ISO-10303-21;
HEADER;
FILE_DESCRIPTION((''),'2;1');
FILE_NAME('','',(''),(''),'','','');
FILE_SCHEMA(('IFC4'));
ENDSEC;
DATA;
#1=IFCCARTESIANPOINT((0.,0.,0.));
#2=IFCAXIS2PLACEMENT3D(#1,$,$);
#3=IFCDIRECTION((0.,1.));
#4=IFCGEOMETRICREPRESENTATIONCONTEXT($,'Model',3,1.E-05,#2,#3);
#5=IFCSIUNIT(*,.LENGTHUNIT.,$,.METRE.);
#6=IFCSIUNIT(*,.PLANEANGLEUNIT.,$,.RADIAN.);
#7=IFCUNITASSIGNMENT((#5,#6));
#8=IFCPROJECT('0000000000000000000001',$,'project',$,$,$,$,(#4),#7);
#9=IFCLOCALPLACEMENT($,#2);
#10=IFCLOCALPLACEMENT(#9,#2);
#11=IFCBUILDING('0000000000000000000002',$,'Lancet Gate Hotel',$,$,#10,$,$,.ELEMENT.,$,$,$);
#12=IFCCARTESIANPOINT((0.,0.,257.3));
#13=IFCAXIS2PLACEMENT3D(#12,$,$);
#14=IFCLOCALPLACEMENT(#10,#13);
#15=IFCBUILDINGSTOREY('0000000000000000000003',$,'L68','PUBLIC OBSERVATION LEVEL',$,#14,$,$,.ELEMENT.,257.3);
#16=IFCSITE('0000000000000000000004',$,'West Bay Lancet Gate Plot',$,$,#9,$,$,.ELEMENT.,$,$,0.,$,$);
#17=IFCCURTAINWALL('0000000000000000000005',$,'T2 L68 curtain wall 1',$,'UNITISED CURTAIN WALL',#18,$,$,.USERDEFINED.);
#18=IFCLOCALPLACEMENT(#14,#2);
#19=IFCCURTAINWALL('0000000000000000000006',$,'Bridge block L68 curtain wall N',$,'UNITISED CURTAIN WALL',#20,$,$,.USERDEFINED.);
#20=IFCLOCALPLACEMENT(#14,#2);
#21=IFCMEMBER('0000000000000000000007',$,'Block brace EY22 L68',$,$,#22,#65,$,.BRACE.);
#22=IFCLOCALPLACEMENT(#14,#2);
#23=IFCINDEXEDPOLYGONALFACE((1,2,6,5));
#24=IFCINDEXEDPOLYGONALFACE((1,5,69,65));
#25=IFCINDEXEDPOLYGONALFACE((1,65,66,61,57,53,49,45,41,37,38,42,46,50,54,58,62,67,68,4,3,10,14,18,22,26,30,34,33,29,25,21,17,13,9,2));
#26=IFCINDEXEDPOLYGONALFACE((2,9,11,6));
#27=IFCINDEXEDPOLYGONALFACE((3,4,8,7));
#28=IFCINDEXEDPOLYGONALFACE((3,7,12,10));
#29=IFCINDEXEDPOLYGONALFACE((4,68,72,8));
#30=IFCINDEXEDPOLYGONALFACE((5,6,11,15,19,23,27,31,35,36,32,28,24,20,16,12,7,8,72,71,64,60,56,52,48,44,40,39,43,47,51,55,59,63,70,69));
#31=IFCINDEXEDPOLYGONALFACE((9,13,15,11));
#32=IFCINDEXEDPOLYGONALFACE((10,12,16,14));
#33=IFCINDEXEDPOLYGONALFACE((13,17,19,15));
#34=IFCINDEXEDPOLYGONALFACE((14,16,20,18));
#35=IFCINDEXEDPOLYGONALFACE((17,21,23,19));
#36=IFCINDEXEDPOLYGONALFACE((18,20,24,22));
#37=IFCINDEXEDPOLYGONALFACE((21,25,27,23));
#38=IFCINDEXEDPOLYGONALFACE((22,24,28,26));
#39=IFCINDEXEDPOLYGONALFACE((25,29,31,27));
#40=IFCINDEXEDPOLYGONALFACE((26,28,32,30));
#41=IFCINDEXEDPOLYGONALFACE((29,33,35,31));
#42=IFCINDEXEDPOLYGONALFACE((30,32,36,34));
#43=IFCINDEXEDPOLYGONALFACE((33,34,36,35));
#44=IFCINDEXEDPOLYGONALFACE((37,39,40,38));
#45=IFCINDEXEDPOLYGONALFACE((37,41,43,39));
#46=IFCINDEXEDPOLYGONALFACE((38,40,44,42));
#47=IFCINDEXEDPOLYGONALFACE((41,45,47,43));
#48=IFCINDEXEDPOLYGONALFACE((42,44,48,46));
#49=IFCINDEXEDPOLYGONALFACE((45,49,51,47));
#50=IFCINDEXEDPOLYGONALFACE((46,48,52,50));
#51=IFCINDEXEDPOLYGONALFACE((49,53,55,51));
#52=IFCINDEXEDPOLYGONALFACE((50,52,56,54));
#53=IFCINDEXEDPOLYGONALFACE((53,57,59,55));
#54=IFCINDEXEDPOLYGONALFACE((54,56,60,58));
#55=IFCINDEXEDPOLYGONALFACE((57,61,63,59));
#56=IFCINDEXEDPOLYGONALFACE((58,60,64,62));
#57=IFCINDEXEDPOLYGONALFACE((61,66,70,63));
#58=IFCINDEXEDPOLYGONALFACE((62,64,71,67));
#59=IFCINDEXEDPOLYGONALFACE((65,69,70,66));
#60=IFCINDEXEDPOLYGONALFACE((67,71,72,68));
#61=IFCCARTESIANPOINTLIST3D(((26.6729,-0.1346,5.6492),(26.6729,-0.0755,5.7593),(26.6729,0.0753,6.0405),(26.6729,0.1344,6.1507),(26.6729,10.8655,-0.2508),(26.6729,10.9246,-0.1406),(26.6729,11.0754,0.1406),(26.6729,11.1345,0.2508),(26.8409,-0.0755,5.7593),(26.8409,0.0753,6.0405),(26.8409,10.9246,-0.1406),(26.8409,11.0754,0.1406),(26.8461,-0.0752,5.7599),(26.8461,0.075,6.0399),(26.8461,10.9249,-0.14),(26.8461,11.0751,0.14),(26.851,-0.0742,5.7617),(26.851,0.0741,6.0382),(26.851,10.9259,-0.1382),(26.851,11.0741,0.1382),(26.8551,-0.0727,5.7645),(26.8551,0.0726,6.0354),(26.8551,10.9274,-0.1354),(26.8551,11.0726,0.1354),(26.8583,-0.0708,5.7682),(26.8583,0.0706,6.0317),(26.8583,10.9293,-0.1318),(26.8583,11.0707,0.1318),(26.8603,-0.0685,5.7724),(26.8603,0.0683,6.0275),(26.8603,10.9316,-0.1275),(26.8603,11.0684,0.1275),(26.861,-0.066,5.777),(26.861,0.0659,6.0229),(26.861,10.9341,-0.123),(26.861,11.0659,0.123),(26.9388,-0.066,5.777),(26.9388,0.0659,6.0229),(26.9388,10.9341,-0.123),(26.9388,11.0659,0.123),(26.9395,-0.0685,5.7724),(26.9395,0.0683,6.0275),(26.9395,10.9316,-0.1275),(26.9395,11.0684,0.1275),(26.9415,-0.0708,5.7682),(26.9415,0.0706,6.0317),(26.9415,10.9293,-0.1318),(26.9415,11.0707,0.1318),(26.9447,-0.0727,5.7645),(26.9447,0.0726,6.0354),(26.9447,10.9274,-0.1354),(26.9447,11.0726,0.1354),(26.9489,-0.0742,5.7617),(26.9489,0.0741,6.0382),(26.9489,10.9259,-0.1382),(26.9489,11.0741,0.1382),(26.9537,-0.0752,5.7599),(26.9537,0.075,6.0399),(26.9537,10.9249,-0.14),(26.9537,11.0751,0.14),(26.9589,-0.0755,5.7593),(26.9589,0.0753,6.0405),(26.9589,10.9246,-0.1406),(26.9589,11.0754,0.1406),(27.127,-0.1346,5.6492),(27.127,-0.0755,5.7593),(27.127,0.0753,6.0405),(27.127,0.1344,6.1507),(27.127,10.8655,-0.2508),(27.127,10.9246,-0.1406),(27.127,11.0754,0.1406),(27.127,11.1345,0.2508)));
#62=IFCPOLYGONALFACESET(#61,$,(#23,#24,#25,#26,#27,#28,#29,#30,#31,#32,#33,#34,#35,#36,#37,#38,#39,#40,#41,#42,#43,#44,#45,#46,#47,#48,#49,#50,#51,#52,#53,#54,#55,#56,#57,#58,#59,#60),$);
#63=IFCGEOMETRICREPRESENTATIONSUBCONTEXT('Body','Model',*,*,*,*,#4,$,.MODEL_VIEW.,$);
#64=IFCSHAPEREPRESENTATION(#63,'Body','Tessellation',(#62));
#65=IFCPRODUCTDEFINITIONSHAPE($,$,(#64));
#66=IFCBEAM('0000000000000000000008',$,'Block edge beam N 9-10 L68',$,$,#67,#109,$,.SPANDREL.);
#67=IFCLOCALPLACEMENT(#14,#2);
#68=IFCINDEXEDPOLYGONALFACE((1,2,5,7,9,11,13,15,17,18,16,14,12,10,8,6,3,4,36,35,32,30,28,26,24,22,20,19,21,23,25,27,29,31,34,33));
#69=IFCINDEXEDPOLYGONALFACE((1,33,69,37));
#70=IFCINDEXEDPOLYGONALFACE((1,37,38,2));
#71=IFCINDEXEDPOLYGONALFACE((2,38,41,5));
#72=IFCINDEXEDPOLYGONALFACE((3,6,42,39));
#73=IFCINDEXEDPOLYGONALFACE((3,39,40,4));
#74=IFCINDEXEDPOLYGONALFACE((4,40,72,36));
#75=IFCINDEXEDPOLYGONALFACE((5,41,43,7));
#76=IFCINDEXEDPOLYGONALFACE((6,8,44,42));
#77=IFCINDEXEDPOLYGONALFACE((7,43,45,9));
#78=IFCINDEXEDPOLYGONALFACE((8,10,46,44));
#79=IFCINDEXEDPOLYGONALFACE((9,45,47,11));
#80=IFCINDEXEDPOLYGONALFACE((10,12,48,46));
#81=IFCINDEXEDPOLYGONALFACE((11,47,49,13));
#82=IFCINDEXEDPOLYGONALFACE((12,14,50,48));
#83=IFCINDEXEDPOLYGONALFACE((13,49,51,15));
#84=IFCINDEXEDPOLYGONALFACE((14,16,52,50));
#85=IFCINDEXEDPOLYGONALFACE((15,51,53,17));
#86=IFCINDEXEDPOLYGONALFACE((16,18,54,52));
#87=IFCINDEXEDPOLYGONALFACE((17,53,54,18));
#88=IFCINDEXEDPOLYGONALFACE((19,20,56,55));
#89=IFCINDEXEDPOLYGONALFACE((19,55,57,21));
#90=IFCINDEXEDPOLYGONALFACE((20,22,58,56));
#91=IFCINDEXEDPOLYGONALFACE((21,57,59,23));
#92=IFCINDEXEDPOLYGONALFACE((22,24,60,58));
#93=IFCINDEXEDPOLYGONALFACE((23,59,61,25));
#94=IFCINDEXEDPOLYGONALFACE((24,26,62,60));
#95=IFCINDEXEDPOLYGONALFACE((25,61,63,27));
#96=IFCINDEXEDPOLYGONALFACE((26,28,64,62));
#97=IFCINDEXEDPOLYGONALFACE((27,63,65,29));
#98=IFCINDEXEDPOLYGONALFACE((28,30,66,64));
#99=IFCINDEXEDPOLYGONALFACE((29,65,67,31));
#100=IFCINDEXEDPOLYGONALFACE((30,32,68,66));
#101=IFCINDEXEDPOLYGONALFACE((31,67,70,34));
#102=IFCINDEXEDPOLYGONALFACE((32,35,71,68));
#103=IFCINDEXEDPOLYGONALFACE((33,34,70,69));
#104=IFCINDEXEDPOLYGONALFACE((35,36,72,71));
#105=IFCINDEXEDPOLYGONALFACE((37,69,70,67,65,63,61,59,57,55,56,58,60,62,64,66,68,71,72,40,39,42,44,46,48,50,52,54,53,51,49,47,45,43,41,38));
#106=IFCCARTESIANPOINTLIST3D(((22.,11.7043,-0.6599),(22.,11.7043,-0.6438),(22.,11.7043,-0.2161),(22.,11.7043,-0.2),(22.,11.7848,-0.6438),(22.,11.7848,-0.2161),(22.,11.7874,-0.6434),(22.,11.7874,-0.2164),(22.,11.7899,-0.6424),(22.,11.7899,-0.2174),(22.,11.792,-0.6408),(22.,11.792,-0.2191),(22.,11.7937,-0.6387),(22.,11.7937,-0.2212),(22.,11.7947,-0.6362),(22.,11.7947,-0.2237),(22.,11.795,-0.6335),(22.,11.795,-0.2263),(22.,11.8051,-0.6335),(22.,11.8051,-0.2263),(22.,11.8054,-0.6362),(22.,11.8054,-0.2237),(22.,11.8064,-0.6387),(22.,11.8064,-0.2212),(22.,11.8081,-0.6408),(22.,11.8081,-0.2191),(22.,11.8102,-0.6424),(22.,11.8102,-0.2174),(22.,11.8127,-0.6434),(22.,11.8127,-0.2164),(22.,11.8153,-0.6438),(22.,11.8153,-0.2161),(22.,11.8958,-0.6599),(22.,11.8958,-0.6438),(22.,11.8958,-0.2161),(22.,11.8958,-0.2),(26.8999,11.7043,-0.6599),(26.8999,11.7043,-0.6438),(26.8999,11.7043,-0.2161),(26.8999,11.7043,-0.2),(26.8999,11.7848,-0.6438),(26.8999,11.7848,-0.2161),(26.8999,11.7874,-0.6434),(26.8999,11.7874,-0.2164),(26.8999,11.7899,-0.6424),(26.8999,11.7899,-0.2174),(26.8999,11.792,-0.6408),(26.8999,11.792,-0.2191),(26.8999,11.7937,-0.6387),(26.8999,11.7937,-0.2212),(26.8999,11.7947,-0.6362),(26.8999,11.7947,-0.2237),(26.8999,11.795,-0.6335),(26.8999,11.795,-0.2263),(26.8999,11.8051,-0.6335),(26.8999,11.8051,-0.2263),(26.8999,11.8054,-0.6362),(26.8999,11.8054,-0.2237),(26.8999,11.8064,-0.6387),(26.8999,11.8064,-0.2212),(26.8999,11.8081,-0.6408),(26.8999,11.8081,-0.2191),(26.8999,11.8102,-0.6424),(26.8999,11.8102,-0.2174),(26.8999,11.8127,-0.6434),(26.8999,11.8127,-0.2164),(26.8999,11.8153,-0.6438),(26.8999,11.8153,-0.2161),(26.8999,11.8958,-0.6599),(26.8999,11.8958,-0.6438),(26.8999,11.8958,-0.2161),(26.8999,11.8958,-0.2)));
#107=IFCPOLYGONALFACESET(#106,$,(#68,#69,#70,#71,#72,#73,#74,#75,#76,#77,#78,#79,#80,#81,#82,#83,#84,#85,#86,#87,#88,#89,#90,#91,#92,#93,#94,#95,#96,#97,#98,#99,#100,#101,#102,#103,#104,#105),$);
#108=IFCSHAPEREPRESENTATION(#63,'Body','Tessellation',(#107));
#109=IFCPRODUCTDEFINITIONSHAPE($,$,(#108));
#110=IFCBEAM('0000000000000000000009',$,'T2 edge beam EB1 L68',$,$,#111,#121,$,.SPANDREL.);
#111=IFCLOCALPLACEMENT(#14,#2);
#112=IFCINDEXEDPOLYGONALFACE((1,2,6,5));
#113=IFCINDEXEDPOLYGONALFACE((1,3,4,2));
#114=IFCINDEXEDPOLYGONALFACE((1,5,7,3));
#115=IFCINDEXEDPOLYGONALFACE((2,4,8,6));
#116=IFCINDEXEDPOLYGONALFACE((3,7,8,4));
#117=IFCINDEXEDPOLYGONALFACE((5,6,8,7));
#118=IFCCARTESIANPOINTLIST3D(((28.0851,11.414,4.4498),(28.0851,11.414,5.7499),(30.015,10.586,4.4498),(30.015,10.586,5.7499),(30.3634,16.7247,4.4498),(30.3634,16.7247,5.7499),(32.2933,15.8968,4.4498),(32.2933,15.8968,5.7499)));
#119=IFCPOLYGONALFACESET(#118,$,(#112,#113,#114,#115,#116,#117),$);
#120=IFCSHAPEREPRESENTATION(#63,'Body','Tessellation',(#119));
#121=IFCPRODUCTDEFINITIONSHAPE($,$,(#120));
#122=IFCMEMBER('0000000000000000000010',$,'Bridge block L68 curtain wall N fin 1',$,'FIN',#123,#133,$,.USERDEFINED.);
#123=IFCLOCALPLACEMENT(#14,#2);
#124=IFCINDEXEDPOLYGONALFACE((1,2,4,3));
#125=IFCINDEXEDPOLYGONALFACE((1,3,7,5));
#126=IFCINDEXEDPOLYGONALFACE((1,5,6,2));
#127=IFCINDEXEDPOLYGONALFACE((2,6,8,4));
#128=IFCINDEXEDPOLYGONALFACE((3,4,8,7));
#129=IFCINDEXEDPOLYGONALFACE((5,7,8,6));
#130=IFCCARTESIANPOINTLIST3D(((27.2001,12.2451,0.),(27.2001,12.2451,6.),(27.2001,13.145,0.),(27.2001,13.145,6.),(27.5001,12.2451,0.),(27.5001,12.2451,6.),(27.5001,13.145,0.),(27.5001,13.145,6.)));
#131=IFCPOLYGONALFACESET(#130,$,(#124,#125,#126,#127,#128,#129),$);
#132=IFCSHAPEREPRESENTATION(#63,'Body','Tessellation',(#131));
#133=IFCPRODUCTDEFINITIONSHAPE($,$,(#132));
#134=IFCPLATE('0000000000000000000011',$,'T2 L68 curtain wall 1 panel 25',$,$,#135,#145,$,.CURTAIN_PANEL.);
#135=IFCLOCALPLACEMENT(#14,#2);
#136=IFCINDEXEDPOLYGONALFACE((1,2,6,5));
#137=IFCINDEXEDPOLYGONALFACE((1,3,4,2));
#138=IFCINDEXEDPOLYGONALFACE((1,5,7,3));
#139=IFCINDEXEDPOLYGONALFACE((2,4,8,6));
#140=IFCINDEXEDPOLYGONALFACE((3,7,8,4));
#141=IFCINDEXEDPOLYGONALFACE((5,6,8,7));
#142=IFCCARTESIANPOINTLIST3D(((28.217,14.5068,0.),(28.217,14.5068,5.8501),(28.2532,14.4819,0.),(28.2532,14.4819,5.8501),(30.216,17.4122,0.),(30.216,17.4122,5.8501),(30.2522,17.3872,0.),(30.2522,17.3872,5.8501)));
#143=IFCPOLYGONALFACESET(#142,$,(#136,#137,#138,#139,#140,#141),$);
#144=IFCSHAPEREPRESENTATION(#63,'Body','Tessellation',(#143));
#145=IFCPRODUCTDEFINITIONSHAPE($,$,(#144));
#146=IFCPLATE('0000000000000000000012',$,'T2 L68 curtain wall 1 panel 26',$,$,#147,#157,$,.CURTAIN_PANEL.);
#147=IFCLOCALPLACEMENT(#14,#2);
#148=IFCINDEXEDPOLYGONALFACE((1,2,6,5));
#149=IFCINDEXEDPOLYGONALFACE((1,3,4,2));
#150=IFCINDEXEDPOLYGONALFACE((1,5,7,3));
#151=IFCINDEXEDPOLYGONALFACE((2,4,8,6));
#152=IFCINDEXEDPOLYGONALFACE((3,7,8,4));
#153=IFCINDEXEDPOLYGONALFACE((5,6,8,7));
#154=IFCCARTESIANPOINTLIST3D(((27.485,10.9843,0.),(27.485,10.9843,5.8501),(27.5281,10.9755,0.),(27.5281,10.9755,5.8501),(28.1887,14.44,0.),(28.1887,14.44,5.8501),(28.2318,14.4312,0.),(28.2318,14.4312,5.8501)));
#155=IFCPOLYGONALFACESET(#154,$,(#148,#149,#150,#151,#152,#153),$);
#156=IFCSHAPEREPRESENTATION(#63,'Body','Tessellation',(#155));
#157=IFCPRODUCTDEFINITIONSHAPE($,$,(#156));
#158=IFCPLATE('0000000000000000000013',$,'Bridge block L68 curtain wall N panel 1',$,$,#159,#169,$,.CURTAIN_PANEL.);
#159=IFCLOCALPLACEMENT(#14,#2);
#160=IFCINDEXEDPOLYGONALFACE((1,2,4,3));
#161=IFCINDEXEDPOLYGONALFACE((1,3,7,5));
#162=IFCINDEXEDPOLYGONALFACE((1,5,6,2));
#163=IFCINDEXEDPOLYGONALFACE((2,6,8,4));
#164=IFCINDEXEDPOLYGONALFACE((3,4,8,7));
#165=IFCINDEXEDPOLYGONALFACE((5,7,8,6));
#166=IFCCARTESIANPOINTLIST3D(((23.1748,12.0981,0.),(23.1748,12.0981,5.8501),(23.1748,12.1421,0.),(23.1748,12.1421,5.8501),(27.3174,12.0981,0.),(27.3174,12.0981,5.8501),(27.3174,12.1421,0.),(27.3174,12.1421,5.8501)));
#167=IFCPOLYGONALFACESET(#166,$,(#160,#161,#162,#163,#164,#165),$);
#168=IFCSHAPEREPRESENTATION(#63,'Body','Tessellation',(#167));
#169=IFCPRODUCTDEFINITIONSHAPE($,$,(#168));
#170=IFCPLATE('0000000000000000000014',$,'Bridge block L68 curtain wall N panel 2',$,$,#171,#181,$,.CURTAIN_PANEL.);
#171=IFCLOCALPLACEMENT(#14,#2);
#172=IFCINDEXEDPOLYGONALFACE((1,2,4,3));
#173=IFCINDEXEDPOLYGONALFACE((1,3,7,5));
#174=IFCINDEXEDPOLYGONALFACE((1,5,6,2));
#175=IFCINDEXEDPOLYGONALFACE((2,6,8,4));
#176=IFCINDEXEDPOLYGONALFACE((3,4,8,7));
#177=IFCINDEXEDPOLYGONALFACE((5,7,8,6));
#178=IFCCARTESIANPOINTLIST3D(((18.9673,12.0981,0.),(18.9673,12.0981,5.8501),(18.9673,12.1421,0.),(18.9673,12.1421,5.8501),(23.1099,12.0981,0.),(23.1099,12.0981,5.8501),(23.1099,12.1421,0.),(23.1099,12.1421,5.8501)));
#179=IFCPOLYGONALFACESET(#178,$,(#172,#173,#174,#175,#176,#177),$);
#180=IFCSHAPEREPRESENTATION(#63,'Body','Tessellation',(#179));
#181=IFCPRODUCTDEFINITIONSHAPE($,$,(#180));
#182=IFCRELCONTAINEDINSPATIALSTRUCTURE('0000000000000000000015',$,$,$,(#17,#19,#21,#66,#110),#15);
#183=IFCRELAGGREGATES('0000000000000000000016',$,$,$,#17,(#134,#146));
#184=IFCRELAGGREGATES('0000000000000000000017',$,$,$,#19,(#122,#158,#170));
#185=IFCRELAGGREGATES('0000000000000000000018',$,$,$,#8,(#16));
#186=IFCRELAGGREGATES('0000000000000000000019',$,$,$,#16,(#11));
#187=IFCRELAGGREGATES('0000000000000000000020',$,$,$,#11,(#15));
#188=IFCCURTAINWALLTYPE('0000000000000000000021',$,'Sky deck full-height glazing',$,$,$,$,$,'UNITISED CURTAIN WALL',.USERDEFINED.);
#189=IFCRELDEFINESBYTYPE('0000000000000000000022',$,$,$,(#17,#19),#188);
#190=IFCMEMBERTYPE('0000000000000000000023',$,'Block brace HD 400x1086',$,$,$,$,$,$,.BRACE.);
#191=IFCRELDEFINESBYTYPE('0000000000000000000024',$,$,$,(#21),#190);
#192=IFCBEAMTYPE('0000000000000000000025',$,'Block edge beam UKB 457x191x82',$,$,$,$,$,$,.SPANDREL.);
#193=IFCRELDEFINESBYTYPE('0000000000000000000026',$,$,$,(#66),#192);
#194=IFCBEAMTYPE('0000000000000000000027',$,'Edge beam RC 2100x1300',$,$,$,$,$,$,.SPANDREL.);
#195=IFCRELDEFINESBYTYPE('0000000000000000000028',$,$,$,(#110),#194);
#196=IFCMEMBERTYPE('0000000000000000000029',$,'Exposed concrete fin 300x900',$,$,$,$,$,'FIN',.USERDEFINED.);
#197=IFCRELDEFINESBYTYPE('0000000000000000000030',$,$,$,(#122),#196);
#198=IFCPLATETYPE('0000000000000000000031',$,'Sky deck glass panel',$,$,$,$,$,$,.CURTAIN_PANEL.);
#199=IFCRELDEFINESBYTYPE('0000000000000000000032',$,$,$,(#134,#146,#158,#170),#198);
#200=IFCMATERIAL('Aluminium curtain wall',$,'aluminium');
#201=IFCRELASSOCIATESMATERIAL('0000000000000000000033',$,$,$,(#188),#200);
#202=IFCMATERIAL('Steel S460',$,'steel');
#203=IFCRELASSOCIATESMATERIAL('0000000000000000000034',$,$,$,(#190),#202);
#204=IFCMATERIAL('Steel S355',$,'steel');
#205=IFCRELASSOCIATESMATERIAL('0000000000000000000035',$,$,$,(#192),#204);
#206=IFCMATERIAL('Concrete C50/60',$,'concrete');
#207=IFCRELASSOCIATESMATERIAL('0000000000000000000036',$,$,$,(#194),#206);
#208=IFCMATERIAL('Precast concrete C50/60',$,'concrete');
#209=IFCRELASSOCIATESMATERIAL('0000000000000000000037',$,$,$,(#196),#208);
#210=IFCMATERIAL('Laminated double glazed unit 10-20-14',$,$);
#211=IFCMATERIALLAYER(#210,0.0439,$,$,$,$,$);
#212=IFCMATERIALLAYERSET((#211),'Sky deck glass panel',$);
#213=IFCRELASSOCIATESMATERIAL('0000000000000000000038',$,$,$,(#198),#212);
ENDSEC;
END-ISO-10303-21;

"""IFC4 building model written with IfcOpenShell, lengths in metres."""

from ifc_helpers import new_model, si_unit, direction, frame, origin, origin_2d, place, context, subcontext, project, spatial, rectangle, i_section, extrude, material, layer, layer_set, material_profile, profile_set, type_object, element, aggregate, save


model = new_model("IFC4")

# Units and contexts
model_context = context("Model", 3, precision=1e-05, world=origin(), true_north=direction((0.0, 1.0)))
body_context = subcontext(model_context, "Body", "Model", "MODEL_VIEW")
ifc_project = project(units=[si_unit("LENGTHUNIT", "METRE"), si_unit("PLANEANGLEUNIT", "RADIAN")], contexts=[model_context])

# Site, building, storey
site_placement = place(None, origin())
site = spatial("IfcSite", under=ifc_project, at=site_placement, Name="West Bay Lancet Gate Plot", CompositionType="ELEMENT", RefElevation=0.0)
building_placement = place(site_placement, origin())
building = spatial("IfcBuilding", under=site, at=building_placement, Name="Lancet Gate Hotel", CompositionType="ELEMENT")
storey_placement = place(building_placement, frame((0.0, 0.0, 257.3)))
storey = spatial("IfcBuildingStorey", under=building, at=storey_placement, Name="L68", Description="PUBLIC OBSERVATION LEVEL", CompositionType="ELEMENT", Elevation=257.3)

# Curtain wall
ifc_material_1 = material(Name="Aluminium curtain wall", Category="aluminium")
curtain_wall_type = type_object("IfcCurtainWallType", Name="Sky deck full-height glazing", ElementType="UNITISED CURTAIN WALL", PredefinedType="USERDEFINED", material=ifc_material_1)
curtain_wall_1_placement = place(storey_placement, origin())
curtain_wall_1 = element("IfcCurtainWall", 1, at=curtain_wall_1_placement, inside=storey, type_object=curtain_wall_type, Name="T2 L68 curtain wall 1", ObjectType="UNITISED CURTAIN WALL", PredefinedType="USERDEFINED")

# Curtain wall
curtain_wall_2_placement = place(storey_placement, origin())
curtain_wall_2 = element("IfcCurtainWall", 2, at=curtain_wall_2_placement, inside=storey, type_object=curtain_wall_type, Name="Bridge block L68 curtain wall N", ObjectType="UNITISED CURTAIN WALL", PredefinedType="USERDEFINED")

# Member
ifc_material_2 = material(Name="Steel S460", Category="steel")
ifc_material_profile_1 = material_profile(ifc_material_2, i_section(OverallWidth=0.4541, OverallDepth=0.5691, WebThickness=0.0779, FlangeThickness=0.125, FilletRadius=0.02, at=origin_2d()), Name="HD 400x1086")
ifc_profile_set_1 = profile_set([ifc_material_profile_1], Name="Steel S460")
member_type_1 = type_object("IfcMemberType", Name="Block brace HD 400x1086", PredefinedType="BRACE", material=ifc_profile_set_1)
member_1_placement = place(storey_placement, frame((26.8999, 11.0, 0.0), z_axis=(0.0, -0.881245, 0.47266), x_axis=(1.0, 0.0, 0.0)))
element("IfcMember", 3, at=member_1_placement, inside=storey, type_object=member_type_1, Name="Block brace EY22 L68", PredefinedType="BRACE", context=body_context, shape_type="SweptSolid", body=[
    extrude(i_section(OverallWidth=0.4541, OverallDepth=0.5691, WebThickness=0.0779, FlangeThickness=0.125, FilletRadius=0.02, at=origin_2d()), origin(), (0.0, 0.0, 1.0), 12.4824),
])

# Beams
ifc_material_3 = material(Name="Steel S355", Category="steel")
ifc_material_profile_2 = material_profile(ifc_material_3, i_section(OverallWidth=0.1914, OverallDepth=0.46, WebThickness=0.01, FlangeThickness=0.0161, FilletRadius=0.0103, at=origin_2d()), Name="UKB 457x191x82")
ifc_profile_set_2 = profile_set([ifc_material_profile_2], Name="Steel S355")
beam_type_1 = type_object("IfcBeamType", Name="Block edge beam UKB 457x191x82", PredefinedType="SPANDREL", material=ifc_profile_set_2)
beam_1_placement = place(storey_placement, frame((22.0, 11.8, -0.4299), z_axis=(1.0, 0.0, 0.0), x_axis=(0.0, 1.0, 0.0)))
element("IfcBeam", 4, at=beam_1_placement, inside=storey, type_object=beam_type_1, Name="Block edge beam N 9-10 L68", PredefinedType="SPANDREL", context=body_context, shape_type="SweptSolid", body=[
    extrude(i_section(OverallWidth=0.1914, OverallDepth=0.46, WebThickness=0.01, FlangeThickness=0.0161, FilletRadius=0.0103, at=origin_2d()), origin(), (0.0, 0.0, 1.0), 4.8999),
])
ifc_material_4 = material(Name="Concrete C50/60", Category="concrete")
ifc_material_profile_3 = material_profile(ifc_material_4, rectangle(XDim=2.1001, YDim=1.3, at=origin_2d()), Name="RC 2100x1300")
ifc_profile_set_3 = profile_set([ifc_material_profile_3], Name="Concrete C50/60")
beam_type_2 = type_object("IfcBeamType", Name="Edge beam RC 2100x1300", PredefinedType="SPANDREL", material=ifc_profile_set_3)
beam_2_placement = place(storey_placement, frame((29.05, 11.0, 5.0999), z_axis=(0.394251, 0.919003, 0.0), x_axis=(-0.919003, 0.394251, 0.0)))
element("IfcBeam", 5, at=beam_2_placement, inside=storey, type_object=beam_type_2, Name="T2 edge beam EB1 L68", PredefinedType="SPANDREL", context=body_context, shape_type="SweptSolid", body=[
    extrude(rectangle(XDim=2.1001, YDim=1.3, at=origin_2d()), origin(), (0.0, 0.0, 1.0), 5.7788),
])

# Member
ifc_material_5 = material(Name="Precast concrete C50/60", Category="concrete")
ifc_material_profile_4 = material_profile(ifc_material_5, rectangle(XDim=0.3, YDim=0.8999, at=origin_2d()), Name="FIN 300x900")
ifc_profile_set_4 = profile_set([ifc_material_profile_4], Name="Precast concrete C50/60")
member_type_2 = type_object("IfcMemberType", Name="Exposed concrete fin 300x900", ElementType="FIN", PredefinedType="USERDEFINED", material=ifc_profile_set_4)
member_2_placement = place(storey_placement, frame((27.3501, 12.6951, 0.0), z_axis=(0.0, 0.0, 1.0), x_axis=(-1.0, 0.0, 0.0)))
member_2 = element("IfcMember", 6, at=member_2_placement, type_object=member_type_2, Name="Bridge block L68 curtain wall N fin 1", ObjectType="FIN", PredefinedType="USERDEFINED", context=body_context, shape_type="SweptSolid", body=[
    extrude(rectangle(XDim=0.3, YDim=0.8999, at=origin_2d()), origin(), (0.0, 0.0, 1.0), 6.0),
])

# Plates
ifc_material_6 = material(Name="Laminated double glazed unit 10-20-14")
ifc_layer_1 = layer(ifc_material_6, 0.0439)
ifc_layer_set_1 = layer_set([ifc_layer_1], Name="Sky deck glass panel")
plate_type = type_object("IfcPlateType", Name="Sky deck glass panel", PredefinedType="CURTAIN_PANEL", material=ifc_layer_set_1)
plate_1_placement = place(storey_placement, frame((29.2346, 15.947, 0.0), z_axis=(0.0, 0.0, 1.0), x_axis=(-0.566824, -0.823839, 0.0)))
plate_1 = element("IfcPlate", 7, at=plate_1_placement, type_object=plate_type, Name="T2 L68 curtain wall 1 panel 25", PredefinedType="CURTAIN_PANEL", context=body_context, shape_type="SweptSolid", body=[
    extrude(rectangle(XDim=3.5266, YDim=0.0439, at=origin_2d()), origin(), (0.0, 0.0, 1.0), 5.8501),
])
plate_2_placement = place(storey_placement, frame((27.8584, 12.7078, 0.0), z_axis=(0.0, 0.0, 1.0), x_axis=(-0.199533, -0.979891, 0.0)))
plate_2 = element("IfcPlate", 8, at=plate_2_placement, type_object=plate_type, Name="T2 L68 curtain wall 1 panel 26", PredefinedType="CURTAIN_PANEL", context=body_context, shape_type="SweptSolid", body=[
    extrude(rectangle(XDim=3.5266, YDim=0.0439, at=origin_2d()), origin(), (0.0, 0.0, 1.0), 5.8501),
])
aggregate(curtain_wall_1, [plate_1, plate_2])
plate_3_placement = place(storey_placement, frame((25.2461, 12.1201, 0.0), z_axis=(0.0, 0.0, 1.0), x_axis=(-1.0, 0.0, 0.0)))
plate_3 = element("IfcPlate", 9, at=plate_3_placement, type_object=plate_type, Name="Bridge block L68 curtain wall N panel 1", PredefinedType="CURTAIN_PANEL", context=body_context, shape_type="SweptSolid", body=[
    extrude(rectangle(XDim=4.1426, YDim=0.0439, at=origin_2d()), origin(), (0.0, 0.0, 1.0), 5.8501),
])
plate_4_placement = place(storey_placement, frame((21.0386, 12.1201, 0.0), z_axis=(0.0, 0.0, 1.0), x_axis=(-1.0, 0.0, 0.0)))
plate_4 = element("IfcPlate", 10, at=plate_4_placement, type_object=plate_type, Name="Bridge block L68 curtain wall N panel 2", PredefinedType="CURTAIN_PANEL", context=body_context, shape_type="SweptSolid", body=[
    extrude(rectangle(XDim=4.1426, YDim=0.0439, at=origin_2d()), origin(), (0.0, 0.0, 1.0), 5.8501),
])
aggregate(curtain_wall_2, [member_2, plate_3, plate_4])

save(model, "model.ifc")
